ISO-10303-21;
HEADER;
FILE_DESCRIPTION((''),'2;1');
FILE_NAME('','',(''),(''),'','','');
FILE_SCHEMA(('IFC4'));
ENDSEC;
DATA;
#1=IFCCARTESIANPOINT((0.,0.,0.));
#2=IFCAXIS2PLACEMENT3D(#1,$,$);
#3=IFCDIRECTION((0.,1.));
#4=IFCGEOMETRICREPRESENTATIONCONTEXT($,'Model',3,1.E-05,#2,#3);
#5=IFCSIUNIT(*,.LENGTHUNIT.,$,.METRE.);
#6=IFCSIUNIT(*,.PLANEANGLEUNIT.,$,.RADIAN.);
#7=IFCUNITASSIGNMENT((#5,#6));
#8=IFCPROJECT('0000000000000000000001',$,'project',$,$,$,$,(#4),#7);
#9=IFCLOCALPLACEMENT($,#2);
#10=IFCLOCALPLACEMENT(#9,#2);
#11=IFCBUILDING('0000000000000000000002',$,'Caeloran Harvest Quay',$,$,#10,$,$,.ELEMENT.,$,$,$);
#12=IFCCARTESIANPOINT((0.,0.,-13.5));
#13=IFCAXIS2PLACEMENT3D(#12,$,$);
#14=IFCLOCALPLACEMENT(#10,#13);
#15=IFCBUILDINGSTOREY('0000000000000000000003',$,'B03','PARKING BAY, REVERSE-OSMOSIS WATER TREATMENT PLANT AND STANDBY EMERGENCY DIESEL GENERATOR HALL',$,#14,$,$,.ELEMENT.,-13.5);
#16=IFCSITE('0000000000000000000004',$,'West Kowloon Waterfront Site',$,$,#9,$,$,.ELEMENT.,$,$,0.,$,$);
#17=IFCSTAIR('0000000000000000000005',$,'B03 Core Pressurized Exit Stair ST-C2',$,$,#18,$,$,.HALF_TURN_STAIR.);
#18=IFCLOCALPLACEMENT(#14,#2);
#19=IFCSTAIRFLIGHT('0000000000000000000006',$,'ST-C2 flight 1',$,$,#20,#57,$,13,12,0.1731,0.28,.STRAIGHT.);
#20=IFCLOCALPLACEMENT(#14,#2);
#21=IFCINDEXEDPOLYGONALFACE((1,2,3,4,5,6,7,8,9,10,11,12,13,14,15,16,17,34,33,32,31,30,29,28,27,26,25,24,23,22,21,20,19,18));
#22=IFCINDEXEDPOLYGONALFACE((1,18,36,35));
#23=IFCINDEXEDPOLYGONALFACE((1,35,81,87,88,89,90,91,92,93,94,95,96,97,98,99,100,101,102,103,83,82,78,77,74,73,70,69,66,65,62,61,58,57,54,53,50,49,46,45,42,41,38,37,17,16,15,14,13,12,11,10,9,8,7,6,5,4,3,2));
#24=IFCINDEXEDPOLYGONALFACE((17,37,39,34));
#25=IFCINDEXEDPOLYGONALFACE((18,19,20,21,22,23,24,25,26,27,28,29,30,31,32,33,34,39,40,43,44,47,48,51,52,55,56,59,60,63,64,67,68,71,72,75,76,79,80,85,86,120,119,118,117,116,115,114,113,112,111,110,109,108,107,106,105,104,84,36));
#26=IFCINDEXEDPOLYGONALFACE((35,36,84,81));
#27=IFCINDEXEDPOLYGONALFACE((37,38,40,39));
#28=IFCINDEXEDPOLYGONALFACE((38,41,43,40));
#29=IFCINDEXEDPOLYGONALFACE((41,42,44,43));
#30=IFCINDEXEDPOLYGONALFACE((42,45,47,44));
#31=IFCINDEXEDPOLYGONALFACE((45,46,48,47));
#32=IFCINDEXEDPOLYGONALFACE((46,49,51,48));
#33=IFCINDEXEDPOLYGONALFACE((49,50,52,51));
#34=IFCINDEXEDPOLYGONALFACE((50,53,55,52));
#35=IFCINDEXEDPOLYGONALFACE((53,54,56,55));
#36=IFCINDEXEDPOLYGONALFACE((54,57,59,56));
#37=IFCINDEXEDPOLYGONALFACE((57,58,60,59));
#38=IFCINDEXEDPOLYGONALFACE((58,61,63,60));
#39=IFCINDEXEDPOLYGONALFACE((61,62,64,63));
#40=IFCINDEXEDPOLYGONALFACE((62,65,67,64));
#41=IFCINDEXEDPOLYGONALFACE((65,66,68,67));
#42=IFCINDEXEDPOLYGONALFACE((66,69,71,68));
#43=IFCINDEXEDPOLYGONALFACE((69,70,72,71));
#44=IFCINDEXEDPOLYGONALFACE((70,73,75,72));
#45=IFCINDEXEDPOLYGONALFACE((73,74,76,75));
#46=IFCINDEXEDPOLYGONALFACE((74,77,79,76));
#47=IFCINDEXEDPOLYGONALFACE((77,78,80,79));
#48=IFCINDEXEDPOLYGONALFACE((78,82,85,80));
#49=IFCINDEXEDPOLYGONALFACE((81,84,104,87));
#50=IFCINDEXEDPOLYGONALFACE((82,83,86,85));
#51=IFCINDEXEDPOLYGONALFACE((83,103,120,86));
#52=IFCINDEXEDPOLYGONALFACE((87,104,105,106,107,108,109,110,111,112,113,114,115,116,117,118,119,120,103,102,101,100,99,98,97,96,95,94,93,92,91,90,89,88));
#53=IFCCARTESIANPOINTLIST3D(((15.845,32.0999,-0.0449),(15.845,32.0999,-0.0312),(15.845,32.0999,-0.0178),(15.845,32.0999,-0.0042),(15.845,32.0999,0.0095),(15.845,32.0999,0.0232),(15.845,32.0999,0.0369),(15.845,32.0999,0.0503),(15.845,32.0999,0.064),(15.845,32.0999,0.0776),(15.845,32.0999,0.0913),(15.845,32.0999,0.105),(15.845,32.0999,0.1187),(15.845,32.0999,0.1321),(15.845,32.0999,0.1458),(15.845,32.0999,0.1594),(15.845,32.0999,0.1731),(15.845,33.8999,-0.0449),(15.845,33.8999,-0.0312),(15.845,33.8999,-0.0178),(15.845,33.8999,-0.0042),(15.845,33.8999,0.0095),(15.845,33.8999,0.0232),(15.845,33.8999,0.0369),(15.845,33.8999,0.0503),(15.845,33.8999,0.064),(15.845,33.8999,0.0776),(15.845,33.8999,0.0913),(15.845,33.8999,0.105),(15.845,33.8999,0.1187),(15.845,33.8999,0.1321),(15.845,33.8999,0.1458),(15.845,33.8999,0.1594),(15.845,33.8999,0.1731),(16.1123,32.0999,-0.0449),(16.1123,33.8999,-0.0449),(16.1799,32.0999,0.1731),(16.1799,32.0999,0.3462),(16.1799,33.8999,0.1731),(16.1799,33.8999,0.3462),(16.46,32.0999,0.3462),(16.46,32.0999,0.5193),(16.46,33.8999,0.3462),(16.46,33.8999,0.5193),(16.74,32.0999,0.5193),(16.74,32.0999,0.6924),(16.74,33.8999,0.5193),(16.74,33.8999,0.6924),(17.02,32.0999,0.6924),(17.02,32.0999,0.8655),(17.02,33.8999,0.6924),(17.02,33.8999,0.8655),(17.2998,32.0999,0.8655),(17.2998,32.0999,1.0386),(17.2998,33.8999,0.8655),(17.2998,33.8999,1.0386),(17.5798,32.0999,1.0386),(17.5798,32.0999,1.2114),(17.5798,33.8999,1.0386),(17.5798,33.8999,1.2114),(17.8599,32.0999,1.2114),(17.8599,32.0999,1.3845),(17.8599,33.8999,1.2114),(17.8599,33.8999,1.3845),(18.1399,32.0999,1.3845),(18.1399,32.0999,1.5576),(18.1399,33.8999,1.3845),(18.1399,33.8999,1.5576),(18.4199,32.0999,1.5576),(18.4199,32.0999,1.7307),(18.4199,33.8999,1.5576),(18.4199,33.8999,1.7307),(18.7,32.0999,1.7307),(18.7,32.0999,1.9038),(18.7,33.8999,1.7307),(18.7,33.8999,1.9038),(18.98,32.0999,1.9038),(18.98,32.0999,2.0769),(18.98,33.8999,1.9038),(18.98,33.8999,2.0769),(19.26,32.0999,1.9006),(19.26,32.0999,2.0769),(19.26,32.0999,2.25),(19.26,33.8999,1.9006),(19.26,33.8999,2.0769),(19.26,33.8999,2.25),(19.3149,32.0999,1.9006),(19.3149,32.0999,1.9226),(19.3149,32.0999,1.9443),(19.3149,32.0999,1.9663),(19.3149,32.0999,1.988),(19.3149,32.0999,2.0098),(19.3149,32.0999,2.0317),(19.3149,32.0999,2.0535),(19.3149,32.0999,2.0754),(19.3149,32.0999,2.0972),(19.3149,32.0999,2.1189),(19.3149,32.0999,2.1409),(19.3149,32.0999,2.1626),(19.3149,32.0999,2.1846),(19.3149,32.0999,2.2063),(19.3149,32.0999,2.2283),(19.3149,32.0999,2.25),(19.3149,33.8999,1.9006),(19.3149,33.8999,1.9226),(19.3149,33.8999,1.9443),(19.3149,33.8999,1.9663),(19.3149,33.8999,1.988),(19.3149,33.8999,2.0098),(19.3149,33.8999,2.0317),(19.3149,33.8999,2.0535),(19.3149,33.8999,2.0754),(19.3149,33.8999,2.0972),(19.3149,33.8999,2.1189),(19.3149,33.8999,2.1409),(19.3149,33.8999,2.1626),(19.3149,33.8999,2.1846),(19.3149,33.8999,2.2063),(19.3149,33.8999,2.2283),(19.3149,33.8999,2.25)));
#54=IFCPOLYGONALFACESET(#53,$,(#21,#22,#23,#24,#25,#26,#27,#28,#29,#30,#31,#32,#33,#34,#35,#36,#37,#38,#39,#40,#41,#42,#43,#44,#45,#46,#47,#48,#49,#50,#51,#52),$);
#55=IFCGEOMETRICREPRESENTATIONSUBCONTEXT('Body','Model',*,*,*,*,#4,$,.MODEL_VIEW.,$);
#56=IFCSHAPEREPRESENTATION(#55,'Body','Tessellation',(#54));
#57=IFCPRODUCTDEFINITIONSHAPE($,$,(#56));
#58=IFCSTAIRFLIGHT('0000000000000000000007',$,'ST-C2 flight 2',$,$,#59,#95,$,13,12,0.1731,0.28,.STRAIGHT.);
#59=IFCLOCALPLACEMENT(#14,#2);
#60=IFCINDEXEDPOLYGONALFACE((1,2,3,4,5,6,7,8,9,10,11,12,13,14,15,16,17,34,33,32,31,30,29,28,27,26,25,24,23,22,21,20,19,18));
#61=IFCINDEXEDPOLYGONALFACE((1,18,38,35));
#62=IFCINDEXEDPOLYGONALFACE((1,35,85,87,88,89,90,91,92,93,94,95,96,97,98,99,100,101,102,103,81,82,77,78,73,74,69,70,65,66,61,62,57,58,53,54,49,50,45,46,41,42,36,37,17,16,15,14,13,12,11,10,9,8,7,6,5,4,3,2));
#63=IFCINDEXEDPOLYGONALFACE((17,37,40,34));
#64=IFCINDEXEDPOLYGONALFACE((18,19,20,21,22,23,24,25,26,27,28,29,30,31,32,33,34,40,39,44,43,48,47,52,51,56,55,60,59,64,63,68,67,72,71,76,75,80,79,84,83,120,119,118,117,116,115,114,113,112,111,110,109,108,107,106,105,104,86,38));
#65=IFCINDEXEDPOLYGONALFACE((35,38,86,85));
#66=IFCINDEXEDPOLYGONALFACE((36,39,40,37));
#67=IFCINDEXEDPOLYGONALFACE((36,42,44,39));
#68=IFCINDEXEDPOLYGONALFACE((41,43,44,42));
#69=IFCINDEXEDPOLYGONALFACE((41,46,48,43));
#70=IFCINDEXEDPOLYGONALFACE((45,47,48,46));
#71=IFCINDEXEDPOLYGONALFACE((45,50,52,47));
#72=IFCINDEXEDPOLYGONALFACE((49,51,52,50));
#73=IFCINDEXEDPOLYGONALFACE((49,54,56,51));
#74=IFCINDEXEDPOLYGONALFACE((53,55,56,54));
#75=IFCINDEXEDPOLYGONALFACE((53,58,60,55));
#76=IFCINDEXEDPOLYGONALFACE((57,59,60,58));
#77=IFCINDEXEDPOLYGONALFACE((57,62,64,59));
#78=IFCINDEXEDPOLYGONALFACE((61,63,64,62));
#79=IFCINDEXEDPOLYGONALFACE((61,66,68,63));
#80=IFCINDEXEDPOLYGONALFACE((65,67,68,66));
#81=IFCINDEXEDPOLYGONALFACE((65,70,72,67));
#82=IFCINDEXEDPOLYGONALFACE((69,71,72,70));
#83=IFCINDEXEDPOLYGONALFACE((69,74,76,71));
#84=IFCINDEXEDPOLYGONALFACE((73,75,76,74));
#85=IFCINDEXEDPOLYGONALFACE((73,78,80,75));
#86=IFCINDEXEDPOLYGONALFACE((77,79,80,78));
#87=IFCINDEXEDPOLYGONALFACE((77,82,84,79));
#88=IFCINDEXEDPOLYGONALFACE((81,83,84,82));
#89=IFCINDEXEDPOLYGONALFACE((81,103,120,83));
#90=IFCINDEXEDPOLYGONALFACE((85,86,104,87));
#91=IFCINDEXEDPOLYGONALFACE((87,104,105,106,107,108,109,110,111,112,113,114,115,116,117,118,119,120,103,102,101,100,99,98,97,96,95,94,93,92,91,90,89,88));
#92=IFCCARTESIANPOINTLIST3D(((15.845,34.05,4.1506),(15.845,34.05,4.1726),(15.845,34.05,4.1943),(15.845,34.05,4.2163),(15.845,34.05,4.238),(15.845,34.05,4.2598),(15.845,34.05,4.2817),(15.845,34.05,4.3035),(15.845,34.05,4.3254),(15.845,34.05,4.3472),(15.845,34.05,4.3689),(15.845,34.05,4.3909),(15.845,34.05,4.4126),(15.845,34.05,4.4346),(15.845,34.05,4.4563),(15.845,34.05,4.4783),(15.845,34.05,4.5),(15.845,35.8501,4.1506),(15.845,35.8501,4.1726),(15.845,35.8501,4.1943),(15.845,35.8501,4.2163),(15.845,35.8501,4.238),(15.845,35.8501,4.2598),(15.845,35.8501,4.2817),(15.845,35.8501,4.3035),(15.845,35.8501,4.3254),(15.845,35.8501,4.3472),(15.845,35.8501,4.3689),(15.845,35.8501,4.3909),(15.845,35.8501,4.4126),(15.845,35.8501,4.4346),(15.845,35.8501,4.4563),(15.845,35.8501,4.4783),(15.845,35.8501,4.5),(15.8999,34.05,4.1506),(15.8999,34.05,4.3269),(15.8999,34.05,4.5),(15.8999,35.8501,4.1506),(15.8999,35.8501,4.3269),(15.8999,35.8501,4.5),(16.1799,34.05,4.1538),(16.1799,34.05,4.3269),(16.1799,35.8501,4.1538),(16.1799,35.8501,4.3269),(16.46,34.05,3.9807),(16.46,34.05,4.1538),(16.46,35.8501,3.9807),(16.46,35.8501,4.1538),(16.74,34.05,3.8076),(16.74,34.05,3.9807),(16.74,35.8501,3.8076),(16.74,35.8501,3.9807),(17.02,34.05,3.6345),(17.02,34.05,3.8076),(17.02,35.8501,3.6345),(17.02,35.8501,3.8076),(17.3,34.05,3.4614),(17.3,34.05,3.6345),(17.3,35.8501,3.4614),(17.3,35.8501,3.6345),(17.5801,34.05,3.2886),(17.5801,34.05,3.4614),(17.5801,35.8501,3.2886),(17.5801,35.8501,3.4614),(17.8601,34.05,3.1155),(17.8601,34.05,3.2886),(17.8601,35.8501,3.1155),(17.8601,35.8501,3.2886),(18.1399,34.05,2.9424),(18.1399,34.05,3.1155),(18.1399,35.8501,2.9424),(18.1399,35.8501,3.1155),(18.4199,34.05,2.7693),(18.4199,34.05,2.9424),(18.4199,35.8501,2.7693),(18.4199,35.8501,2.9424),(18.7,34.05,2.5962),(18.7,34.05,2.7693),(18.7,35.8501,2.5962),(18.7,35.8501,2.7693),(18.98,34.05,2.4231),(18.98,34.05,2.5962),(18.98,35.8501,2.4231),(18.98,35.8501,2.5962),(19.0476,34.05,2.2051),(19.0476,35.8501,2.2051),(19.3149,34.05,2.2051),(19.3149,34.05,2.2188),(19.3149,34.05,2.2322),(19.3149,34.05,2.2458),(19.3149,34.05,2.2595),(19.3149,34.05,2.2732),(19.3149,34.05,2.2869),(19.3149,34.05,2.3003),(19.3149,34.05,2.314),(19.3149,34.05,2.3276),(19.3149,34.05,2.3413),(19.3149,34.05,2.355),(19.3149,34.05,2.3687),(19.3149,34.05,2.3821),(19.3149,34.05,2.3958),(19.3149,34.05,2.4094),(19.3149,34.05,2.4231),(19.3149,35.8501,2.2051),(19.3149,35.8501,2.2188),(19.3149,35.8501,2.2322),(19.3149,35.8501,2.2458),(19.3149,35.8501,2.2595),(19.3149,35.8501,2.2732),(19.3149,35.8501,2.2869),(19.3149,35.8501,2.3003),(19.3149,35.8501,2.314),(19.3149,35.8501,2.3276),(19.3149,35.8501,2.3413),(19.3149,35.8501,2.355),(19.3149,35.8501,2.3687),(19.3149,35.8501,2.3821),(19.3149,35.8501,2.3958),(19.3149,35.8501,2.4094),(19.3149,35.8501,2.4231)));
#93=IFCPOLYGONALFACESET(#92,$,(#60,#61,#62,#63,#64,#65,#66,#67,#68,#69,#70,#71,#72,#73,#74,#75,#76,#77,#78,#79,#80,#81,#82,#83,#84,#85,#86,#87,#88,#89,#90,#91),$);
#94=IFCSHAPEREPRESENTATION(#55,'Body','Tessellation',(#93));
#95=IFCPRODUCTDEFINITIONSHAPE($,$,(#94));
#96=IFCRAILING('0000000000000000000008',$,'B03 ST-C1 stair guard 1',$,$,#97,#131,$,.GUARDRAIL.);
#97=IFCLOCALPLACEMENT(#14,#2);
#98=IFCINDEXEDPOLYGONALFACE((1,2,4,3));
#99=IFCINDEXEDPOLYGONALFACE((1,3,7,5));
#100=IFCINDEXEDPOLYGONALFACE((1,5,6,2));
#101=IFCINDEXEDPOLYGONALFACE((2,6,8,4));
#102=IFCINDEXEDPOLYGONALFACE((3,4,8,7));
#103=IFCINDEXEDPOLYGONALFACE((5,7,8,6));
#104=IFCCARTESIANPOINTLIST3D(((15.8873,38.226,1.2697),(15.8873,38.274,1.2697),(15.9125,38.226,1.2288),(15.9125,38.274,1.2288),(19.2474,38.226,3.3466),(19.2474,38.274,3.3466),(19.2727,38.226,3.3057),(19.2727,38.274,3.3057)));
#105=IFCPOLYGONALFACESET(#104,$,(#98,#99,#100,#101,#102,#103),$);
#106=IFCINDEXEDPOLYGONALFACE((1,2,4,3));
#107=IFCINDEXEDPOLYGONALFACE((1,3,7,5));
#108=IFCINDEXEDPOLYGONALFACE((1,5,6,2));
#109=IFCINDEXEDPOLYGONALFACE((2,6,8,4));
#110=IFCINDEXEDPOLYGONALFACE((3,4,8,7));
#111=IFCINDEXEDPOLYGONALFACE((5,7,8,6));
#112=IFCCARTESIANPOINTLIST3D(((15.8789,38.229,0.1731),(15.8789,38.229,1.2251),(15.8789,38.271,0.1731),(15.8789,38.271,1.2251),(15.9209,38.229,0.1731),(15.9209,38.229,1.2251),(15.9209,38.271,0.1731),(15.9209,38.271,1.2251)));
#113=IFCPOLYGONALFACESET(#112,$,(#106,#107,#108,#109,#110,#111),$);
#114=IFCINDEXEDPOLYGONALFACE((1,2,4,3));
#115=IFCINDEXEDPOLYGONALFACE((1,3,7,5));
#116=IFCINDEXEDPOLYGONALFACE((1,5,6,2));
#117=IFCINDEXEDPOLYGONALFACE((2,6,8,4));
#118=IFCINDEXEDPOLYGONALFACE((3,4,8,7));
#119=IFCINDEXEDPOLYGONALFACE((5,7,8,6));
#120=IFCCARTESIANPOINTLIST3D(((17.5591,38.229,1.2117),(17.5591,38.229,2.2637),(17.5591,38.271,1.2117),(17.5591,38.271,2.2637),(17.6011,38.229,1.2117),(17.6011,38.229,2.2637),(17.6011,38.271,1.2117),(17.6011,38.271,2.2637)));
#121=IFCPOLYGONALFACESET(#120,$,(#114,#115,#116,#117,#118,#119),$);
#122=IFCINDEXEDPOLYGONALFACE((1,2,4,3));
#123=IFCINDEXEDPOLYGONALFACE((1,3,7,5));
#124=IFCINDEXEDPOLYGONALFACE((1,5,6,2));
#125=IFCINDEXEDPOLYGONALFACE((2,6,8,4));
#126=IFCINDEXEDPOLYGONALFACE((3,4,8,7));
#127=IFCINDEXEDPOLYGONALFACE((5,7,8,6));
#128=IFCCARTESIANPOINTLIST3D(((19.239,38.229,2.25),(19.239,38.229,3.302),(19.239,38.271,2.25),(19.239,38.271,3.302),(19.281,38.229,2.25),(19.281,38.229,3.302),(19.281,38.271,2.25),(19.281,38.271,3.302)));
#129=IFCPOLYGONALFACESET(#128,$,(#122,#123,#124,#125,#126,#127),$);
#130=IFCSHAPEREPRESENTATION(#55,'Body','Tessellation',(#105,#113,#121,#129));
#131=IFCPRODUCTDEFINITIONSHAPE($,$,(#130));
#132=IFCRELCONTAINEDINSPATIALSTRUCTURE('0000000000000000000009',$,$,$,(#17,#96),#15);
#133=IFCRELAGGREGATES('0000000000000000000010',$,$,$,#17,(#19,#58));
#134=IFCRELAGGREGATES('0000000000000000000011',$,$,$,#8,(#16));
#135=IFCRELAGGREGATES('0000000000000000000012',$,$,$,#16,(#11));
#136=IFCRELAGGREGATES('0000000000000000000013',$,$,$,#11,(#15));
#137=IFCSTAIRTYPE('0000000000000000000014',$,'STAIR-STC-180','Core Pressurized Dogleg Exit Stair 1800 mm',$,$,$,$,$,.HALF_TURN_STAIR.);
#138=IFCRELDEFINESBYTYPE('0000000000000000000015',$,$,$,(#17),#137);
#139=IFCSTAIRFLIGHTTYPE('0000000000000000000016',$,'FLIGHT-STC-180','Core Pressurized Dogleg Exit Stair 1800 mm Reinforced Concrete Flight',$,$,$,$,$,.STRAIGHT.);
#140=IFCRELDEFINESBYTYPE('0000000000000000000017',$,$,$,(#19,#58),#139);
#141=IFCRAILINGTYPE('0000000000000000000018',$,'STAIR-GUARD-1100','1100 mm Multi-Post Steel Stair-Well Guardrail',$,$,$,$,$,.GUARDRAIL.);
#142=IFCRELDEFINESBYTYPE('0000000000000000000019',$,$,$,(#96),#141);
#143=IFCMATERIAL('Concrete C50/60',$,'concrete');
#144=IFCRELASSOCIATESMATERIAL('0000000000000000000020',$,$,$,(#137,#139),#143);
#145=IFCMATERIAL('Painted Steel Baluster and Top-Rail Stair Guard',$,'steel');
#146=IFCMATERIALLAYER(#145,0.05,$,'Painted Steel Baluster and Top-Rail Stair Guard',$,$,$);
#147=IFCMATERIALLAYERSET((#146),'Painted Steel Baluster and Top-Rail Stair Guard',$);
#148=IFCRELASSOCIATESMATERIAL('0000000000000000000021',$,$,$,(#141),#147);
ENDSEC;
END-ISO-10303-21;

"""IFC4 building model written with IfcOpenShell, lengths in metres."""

from ifc_helpers import new_model, si_unit, direction, frame, origin, origin_2d, place, context, subcontext, project, spatial, polyline, rectangle, outline, extrude, material, layer, layer_set, type_object, element, aggregate, save


model = new_model("IFC4")

# Units and contexts
model_context = context("Model", 3, precision=1e-05, world=origin(), true_north=direction((0.0, 1.0)))
body_context = subcontext(model_context, "Body", "Model", "MODEL_VIEW")
ifc_project = project(units=[si_unit("LENGTHUNIT", "METRE"), si_unit("PLANEANGLEUNIT", "RADIAN")], contexts=[model_context])

# Site, building, storey
site_placement = place(None, origin())
site = spatial("IfcSite", under=ifc_project, at=site_placement, Name="West Kowloon Waterfront Site", CompositionType="ELEMENT", RefElevation=0.0)
building_placement = place(site_placement, origin())
building = spatial("IfcBuilding", under=site, at=building_placement, Name="Caeloran Harvest Quay", CompositionType="ELEMENT")
storey_placement = place(building_placement, frame((0.0, 0.0, -13.5)))
storey = spatial("IfcBuildingStorey", under=building, at=storey_placement, Name="B03", Description="PARKING BAY, REVERSE-OSMOSIS WATER TREATMENT PLANT AND STANDBY EMERGENCY DIESEL GENERATOR HALL", CompositionType="ELEMENT", Elevation=-13.5)

# Shared definitions
ifc_material_1 = material(Name="Concrete C50/60", Category="concrete")

# Stair, stair flights
stair_type = type_object("IfcStairType", Name="STAIR-STC-180", Description="Core Pressurized Dogleg Exit Stair 1800 mm", PredefinedType="HALF_TURN_STAIR", material=ifc_material_1)
stair_flight_type = type_object("IfcStairFlightType", Name="FLIGHT-STC-180", Description="Core Pressurized Dogleg Exit Stair 1800 mm Reinforced Concrete Flight", PredefinedType="STRAIGHT", material=ifc_material_1)
stair_1_placement = place(storey_placement, origin())
stair_1 = element("IfcStair", 1, at=stair_1_placement, inside=storey, type_object=stair_type, Name="B03 Core Pressurized Exit Stair ST-C2", PredefinedType="HALF_TURN_STAIR")
stair_flight_1_placement = place(storey_placement, frame((15.8999, 33.0, 0.0), z_axis=(0.0, 0.0, 1.0), x_axis=(1.0, 0.0, 0.0)))
stair_flight_1 = element("IfcStairFlight", 2, at=stair_flight_1_placement, type_object=stair_flight_type, Name="ST-C2 flight 1", NumberOfRisers=13, NumberOfTreads=12, PredefinedType="STRAIGHT", RiserHeight=0.1731, TreadLength=0.28, context=body_context, shape_type="SweptSolid", body=[
    extrude(outline(polyline([(-0.0549, -0.0449), (-0.0549, -0.0312), (-0.0549, -0.0178), (-0.0549, -0.0042), (-0.0549, 0.0095), (-0.0549, 0.0232), (-0.0549, 0.0369), (-0.0549, 0.0503), (-0.0549, 0.064), (-0.0549, 0.0776), (-0.0549, 0.0913), (-0.0549, 0.105), (-0.0549, 0.1187), (-0.0549, 0.1321), (-0.0549, 0.1458), (-0.0549, 0.1594), (-0.0549, 0.1731), (0.28, 0.1731), (0.28, 0.3462), (0.5601, 0.3462), (0.5601, 0.5193), (0.8401, 0.5193), (0.8401, 0.6924), (1.1201, 0.6924), (1.1201, 0.8655), (1.3999, 0.8655), (1.3999, 1.0386), (1.6799, 1.0386), (1.6799, 1.2114), (1.96, 1.2114), (1.96, 1.3845), (2.24, 1.3845), (2.24, 1.5576), (2.52, 1.5576), (2.52, 1.7307), (2.8, 1.7307), (2.8, 1.9038), (3.0801, 1.9038), (3.0801, 2.0769), (3.3601, 2.0769), (3.3601, 2.25), (3.415, 2.25), (3.415, 2.2283), (3.415, 2.2063), (3.415, 2.1846), (3.415, 2.1626), (3.415, 2.1409), (3.415, 2.1189), (3.415, 2.0972), (3.415, 2.0754), (3.415, 2.0535), (3.415, 2.0317), (3.415, 2.0098), (3.415, 1.988), (3.415, 1.9663), (3.415, 1.9443), (3.415, 1.9226), (3.415, 1.9006), (3.3601, 1.9006), (0.2124, -0.0449), (-0.0549, -0.0449)])), frame((0.0, 0.8999, 0.0), z_axis=(0.0, -1.0, 0.0), x_axis=(1.0, 0.0, 0.0)), (0.0, 0.0, 1.0), 1.8),
])
stair_flight_2_placement = place(storey_placement, frame((19.26, 34.95, 2.25), z_axis=(0.0, 0.0, 1.0), x_axis=(-1.0, 0.0, 0.0)))
stair_flight_2 = element("IfcStairFlight", 3, at=stair_flight_2_placement, type_object=stair_flight_type, Name="ST-C2 flight 2", NumberOfRisers=13, NumberOfTreads=12, PredefinedType="STRAIGHT", RiserHeight=0.1731, TreadLength=0.28, context=body_context, shape_type="SweptSolid", body=[
    extrude(outline(polyline([(-0.0549, -0.0449), (-0.0549, -0.0312), (-0.0549, -0.0178), (-0.0549, -0.0042), (-0.0549, 0.0095), (-0.0549, 0.0232), (-0.0549, 0.0369), (-0.0549, 0.0503), (-0.0549, 0.064), (-0.0549, 0.0776), (-0.0549, 0.0913), (-0.0549, 0.105), (-0.0549, 0.1187), (-0.0549, 0.1321), (-0.0549, 0.1458), (-0.0549, 0.1594), (-0.0549, 0.1731), (0.28, 0.1731), (0.28, 0.3462), (0.5601, 0.3462), (0.5601, 0.5193), (0.8401, 0.5193), (0.8401, 0.6924), (1.1201, 0.6924), (1.1201, 0.8655), (1.3999, 0.8655), (1.3999, 1.0386), (1.6799, 1.0386), (1.6799, 1.2114), (1.96, 1.2114), (1.96, 1.3845), (2.24, 1.3845), (2.24, 1.5576), (2.52, 1.5576), (2.52, 1.7307), (2.8, 1.7307), (2.8, 1.9038), (3.0801, 1.9038), (3.0801, 2.0769), (3.3601, 2.0769), (3.3601, 2.25), (3.415, 2.25), (3.415, 2.2283), (3.415, 2.2063), (3.415, 2.1846), (3.415, 2.1626), (3.415, 2.1409), (3.415, 2.1189), (3.415, 2.0972), (3.415, 2.0754), (3.415, 2.0535), (3.415, 2.0317), (3.415, 2.0098), (3.415, 1.988), (3.415, 1.9663), (3.415, 1.9443), (3.415, 1.9226), (3.415, 1.9006), (3.3601, 1.9006), (0.2124, -0.0449), (-0.0549, -0.0449)])), frame((0.0, 0.8999, 0.0), z_axis=(0.0, -1.0, 0.0), x_axis=(1.0, 0.0, 0.0)), (0.0, 0.0, 1.0), 1.8),
])
aggregate(stair_1, [stair_flight_1, stair_flight_2])

# Railing
ifc_material_2 = material(Name="Painted Steel Baluster and Top-Rail Stair Guard", Category="steel")
ifc_layer_1 = layer(ifc_material_2, 0.05, Name="Painted Steel Baluster and Top-Rail Stair Guard")
ifc_layer_set_1 = layer_set([ifc_layer_1], Name="Painted Steel Baluster and Top-Rail Stair Guard")
railing_type_1 = type_object("IfcRailingType", Name="STAIR-GUARD-1100", Description="1100 mm Multi-Post Steel Stair-Well Guardrail", PredefinedType="GUARDRAIL", material=ifc_layer_set_1)
railing_1_placement = place(storey_placement, frame((15.8999, 38.25, 0.1731)))
element("IfcRailing", 4, at=railing_1_placement, inside=storey, type_object=railing_type_1, Name="B03 ST-C1 stair guard 1", PredefinedType="GUARDRAIL", context=body_context, shape_type="SweptSolid", body=[
    extrude(rectangle(XDim=0.0481, YDim=0.0481, at=origin_2d()), frame((0.0, 0.0, 1.0762), z_axis=(0.850623, 0.0, 0.525776), x_axis=(0.0, 1.0, 0.0)), (0.0, 0.0, 1.0), 3.9502),
    extrude(rectangle(XDim=0.042, YDim=0.042, at=origin_2d()), origin(), (0.0, 0.0, 1.0), 1.052),
    extrude(rectangle(XDim=0.042, YDim=0.042, at=origin_2d()), frame((1.6802, 0.0, 1.0386)), (0.0, 0.0, 1.0), 1.052),
    extrude(rectangle(XDim=0.042, YDim=0.042, at=origin_2d()), frame((3.3601, 0.0, 2.0769)), (0.0, 0.0, 1.0), 1.052),
])

save(model, "model.ifc")
